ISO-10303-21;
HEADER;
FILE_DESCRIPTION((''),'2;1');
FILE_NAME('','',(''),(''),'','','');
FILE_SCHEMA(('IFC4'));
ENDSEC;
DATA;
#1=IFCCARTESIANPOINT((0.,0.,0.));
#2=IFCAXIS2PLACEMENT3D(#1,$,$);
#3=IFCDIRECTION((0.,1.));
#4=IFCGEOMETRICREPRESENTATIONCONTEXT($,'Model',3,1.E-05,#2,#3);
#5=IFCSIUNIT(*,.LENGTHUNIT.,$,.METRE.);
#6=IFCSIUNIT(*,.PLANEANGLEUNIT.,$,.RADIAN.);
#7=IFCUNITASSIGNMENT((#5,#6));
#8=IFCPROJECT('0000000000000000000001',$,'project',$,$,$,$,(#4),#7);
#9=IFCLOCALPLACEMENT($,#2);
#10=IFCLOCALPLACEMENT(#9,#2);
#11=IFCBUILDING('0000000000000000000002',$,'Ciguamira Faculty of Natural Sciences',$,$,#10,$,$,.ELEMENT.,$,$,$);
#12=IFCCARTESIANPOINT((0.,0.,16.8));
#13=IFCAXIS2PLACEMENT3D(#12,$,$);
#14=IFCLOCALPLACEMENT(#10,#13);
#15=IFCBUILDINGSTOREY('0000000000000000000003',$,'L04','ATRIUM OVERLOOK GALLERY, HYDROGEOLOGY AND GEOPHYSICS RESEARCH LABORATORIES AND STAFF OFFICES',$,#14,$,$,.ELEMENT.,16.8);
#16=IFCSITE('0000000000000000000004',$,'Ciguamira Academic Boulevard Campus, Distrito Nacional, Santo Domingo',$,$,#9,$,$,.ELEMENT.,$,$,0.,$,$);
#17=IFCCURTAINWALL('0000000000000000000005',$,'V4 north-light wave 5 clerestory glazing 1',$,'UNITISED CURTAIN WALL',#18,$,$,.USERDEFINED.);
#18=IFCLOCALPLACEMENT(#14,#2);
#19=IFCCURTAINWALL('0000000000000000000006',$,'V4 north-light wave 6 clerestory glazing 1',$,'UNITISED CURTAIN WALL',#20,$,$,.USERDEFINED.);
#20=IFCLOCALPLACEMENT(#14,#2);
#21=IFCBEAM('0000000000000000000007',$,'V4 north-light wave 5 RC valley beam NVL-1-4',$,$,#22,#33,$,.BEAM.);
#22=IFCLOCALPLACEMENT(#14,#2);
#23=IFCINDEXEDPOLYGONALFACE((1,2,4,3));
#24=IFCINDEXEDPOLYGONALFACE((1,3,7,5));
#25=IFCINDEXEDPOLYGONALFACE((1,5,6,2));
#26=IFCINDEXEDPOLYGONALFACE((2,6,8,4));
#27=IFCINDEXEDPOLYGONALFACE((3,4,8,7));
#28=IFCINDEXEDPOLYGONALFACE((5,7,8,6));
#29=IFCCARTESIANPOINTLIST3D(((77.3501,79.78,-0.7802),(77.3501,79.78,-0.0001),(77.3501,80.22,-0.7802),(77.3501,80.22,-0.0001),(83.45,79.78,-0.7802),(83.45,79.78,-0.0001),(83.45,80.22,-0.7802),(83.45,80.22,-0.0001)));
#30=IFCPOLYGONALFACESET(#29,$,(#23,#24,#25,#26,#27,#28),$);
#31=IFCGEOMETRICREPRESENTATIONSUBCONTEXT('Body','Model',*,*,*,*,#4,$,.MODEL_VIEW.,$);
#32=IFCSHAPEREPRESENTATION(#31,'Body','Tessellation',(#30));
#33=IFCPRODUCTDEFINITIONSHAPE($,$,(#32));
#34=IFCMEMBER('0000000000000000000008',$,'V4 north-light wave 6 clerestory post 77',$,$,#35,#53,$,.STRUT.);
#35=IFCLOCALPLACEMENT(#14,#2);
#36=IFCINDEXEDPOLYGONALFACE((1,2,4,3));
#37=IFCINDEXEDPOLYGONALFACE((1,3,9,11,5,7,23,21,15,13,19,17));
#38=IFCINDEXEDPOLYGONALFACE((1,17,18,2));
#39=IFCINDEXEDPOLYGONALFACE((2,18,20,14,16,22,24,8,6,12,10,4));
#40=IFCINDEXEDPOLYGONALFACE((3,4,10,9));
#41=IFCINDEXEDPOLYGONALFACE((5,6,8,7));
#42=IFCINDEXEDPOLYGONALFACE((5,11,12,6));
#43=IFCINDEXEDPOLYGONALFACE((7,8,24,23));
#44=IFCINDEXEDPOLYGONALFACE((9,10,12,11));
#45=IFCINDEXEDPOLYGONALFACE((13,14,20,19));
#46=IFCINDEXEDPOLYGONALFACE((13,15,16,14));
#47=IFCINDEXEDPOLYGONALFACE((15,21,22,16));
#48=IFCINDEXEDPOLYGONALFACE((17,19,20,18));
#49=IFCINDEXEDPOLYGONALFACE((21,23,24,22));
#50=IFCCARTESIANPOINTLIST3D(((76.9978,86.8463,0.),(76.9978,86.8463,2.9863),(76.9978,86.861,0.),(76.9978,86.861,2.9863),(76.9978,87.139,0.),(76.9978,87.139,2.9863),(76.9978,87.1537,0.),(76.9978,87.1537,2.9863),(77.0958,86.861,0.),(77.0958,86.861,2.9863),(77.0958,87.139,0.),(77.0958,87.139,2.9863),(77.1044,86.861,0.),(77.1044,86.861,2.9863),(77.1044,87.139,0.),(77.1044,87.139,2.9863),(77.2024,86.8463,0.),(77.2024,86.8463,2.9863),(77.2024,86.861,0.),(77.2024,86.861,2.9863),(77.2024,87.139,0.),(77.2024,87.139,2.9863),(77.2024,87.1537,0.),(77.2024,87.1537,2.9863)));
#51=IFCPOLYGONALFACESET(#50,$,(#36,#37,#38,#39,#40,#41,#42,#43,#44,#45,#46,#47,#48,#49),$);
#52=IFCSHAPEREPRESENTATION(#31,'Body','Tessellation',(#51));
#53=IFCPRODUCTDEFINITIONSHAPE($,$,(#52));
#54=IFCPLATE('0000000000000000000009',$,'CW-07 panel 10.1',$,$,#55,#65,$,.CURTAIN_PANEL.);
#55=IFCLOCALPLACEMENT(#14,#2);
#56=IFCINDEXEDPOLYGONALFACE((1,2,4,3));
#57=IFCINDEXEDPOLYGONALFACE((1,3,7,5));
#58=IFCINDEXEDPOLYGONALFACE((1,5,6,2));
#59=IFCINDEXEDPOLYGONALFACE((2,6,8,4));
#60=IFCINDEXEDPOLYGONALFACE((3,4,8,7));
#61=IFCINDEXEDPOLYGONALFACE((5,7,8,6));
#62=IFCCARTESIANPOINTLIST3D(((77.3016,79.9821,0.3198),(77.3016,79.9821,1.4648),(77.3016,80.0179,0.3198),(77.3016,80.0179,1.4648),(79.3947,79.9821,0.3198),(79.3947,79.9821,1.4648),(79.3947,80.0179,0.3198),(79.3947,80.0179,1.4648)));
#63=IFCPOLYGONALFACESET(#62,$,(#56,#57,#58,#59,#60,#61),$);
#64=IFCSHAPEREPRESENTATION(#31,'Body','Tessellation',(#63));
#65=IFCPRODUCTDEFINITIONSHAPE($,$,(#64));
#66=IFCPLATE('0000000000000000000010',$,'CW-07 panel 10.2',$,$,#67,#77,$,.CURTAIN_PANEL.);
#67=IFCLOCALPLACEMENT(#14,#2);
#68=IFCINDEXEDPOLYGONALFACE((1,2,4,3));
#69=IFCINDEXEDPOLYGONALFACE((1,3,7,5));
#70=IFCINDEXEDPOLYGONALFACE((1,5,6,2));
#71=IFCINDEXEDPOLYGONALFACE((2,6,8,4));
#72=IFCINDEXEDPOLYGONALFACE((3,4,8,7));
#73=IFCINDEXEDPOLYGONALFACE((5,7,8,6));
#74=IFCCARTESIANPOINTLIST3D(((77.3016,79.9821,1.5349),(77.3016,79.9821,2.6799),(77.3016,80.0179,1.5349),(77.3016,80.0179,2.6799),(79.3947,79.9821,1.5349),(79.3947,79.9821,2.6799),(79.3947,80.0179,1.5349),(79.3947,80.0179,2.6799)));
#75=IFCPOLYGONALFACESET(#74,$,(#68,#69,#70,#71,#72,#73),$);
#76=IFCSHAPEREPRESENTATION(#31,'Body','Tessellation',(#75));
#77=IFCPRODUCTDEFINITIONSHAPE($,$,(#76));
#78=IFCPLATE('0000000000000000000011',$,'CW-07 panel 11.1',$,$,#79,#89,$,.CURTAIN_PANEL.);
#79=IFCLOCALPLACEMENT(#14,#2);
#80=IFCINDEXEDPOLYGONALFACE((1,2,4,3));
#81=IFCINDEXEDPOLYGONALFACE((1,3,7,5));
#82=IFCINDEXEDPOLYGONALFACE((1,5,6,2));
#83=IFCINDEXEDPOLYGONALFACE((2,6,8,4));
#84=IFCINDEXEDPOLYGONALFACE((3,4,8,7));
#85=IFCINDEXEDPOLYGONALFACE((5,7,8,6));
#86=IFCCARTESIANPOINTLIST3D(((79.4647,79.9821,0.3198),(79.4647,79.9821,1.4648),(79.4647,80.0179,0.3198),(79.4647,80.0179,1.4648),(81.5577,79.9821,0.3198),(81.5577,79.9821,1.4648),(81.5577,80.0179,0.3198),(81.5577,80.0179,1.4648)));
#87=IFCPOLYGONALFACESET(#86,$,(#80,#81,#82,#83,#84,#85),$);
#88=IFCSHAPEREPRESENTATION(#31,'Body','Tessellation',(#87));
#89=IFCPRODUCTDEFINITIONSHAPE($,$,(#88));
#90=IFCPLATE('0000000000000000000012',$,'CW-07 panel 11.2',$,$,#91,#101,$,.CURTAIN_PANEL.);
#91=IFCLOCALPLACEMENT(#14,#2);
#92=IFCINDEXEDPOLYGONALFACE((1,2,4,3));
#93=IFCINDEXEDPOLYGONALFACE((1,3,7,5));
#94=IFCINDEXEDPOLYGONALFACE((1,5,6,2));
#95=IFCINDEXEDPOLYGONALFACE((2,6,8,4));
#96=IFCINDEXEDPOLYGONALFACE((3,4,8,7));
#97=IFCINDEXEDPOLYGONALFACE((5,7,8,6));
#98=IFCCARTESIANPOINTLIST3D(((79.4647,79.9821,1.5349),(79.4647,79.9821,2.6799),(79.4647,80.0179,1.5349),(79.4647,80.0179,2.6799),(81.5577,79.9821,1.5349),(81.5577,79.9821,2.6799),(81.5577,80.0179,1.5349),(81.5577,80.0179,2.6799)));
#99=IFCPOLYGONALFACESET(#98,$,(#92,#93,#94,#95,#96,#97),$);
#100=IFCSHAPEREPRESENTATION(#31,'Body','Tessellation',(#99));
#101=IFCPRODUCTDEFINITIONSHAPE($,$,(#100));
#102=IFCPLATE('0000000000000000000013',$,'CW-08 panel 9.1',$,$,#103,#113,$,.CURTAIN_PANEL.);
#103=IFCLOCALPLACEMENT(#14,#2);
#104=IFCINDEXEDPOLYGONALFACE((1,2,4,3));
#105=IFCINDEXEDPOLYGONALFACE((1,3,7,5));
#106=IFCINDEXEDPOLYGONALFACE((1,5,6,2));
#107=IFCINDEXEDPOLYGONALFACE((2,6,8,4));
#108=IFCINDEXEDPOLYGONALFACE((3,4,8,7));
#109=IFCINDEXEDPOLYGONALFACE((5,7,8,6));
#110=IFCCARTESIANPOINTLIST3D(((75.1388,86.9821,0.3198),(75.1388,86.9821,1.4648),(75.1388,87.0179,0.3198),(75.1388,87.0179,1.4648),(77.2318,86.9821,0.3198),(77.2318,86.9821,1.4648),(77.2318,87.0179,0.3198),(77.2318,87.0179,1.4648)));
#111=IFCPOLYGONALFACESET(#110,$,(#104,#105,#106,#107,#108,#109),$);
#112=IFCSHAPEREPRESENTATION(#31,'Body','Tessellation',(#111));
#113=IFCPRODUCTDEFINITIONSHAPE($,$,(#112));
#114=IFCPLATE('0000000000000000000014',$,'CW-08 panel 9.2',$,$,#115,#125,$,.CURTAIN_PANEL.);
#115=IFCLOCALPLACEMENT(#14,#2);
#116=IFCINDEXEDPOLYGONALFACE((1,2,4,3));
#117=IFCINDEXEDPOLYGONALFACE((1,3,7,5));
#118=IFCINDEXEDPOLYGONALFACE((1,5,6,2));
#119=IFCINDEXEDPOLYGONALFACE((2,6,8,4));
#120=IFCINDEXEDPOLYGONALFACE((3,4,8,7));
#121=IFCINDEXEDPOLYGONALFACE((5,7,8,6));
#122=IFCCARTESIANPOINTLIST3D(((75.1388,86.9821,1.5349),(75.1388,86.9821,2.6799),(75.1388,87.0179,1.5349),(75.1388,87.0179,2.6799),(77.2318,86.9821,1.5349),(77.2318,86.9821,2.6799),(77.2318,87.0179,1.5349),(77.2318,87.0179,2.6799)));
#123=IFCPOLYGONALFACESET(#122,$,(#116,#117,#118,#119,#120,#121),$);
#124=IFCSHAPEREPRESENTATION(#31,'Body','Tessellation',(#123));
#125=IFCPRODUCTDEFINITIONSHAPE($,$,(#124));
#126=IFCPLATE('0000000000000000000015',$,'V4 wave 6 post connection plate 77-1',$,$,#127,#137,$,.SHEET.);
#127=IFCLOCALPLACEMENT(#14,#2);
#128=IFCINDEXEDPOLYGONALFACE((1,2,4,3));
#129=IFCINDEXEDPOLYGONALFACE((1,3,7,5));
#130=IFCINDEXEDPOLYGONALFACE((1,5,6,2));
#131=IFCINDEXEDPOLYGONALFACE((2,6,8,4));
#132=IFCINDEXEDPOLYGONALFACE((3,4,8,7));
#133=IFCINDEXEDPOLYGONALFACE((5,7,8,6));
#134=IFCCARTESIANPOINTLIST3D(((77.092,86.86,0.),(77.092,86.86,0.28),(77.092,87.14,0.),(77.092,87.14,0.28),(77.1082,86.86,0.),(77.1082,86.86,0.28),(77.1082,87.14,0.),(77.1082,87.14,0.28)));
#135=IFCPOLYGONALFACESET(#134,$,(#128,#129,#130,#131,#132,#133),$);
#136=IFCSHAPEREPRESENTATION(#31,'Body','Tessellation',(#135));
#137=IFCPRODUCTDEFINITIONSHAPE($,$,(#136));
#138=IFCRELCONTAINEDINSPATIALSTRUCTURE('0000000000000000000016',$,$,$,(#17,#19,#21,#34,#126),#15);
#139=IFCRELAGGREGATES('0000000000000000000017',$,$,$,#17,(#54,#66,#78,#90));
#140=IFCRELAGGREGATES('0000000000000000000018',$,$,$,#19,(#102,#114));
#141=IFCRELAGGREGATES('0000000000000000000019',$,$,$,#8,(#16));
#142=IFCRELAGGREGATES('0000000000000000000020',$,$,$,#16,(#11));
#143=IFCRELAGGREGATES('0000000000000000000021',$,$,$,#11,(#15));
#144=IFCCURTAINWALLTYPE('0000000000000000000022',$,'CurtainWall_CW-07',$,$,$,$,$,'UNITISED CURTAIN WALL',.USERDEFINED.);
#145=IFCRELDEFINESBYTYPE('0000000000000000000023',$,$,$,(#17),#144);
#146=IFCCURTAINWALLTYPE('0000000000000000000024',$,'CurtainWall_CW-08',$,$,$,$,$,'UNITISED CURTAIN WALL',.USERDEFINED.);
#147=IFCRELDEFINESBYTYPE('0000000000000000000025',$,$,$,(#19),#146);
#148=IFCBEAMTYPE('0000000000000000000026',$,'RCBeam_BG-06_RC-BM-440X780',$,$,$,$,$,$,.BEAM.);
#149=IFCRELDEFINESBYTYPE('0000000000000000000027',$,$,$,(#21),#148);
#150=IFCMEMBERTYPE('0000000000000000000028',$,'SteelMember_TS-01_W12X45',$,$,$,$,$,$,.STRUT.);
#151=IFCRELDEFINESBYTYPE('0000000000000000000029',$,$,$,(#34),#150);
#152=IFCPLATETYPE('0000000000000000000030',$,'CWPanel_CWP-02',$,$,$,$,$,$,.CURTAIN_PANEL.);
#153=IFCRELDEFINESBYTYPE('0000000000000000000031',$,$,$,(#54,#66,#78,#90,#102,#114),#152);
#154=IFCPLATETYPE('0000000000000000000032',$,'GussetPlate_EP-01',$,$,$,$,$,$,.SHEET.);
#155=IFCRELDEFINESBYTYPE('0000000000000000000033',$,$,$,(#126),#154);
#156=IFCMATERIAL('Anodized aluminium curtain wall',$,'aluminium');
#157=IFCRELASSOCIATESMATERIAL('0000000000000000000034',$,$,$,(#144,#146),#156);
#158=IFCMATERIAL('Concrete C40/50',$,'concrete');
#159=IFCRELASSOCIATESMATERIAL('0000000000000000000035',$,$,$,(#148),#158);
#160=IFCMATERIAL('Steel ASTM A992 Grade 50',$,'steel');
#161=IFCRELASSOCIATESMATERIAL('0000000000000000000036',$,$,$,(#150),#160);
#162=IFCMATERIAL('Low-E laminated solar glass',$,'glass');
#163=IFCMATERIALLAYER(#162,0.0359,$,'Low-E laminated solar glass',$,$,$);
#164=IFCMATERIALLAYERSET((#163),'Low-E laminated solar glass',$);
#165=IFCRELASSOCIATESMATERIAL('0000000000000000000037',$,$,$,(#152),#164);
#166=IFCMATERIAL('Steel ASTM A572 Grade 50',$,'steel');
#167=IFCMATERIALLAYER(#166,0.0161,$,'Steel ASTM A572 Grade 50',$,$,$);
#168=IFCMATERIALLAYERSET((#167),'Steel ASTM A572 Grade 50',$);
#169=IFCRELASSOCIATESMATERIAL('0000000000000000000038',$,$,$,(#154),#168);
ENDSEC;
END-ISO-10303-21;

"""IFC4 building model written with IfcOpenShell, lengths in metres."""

from ifc_helpers import new_model, si_unit, direction, frame, origin, origin_2d, place, context, subcontext, project, spatial, rectangle, i_section, extrude, material, layer, layer_set, material_profile, profile_set, type_object, element, aggregate, save


model = new_model("IFC4")

# Units and contexts
model_context = context("Model", 3, precision=1e-05, world=origin(), true_north=direction((0.0, 1.0)))
body_context = subcontext(model_context, "Body", "Model", "MODEL_VIEW")
ifc_project = project(units=[si_unit("LENGTHUNIT", "METRE"), si_unit("PLANEANGLEUNIT", "RADIAN")], contexts=[model_context])

# Site, building, storey
site_placement = place(None, origin())
site = spatial("IfcSite", under=ifc_project, at=site_placement, Name="Ciguamira Academic Boulevard Campus, Distrito Nacional, Santo Domingo", CompositionType="ELEMENT", RefElevation=0.0)
building_placement = place(site_placement, origin())
building = spatial("IfcBuilding", under=site, at=building_placement, Name="Ciguamira Faculty of Natural Sciences", CompositionType="ELEMENT")
storey_placement = place(building_placement, frame((0.0, 0.0, 16.8)))
storey = spatial("IfcBuildingStorey", under=building, at=storey_placement, Name="L04", Description="ATRIUM OVERLOOK GALLERY, HYDROGEOLOGY AND GEOPHYSICS RESEARCH LABORATORIES AND STAFF OFFICES", CompositionType="ELEMENT", Elevation=16.8)

# Curtain walls
ifc_material_1 = material(Name="Anodized aluminium curtain wall", Category="aluminium")
curtain_wall_type_1 = type_object("IfcCurtainWallType", Name="CurtainWall_CW-07", ElementType="UNITISED CURTAIN WALL", PredefinedType="USERDEFINED", material=ifc_material_1)
curtain_wall_1_placement = place(storey_placement, origin())
curtain_wall_1 = element("IfcCurtainWall", 1, at=curtain_wall_1_placement, inside=storey, type_object=curtain_wall_type_1, Name="V4 north-light wave 5 clerestory glazing 1", ObjectType="UNITISED CURTAIN WALL", PredefinedType="USERDEFINED")
curtain_wall_type_2 = type_object("IfcCurtainWallType", Name="CurtainWall_CW-08", ElementType="UNITISED CURTAIN WALL", PredefinedType="USERDEFINED", material=ifc_material_1)
curtain_wall_2_placement = place(storey_placement, origin())
curtain_wall_2 = element("IfcCurtainWall", 2, at=curtain_wall_2_placement, inside=storey, type_object=curtain_wall_type_2, Name="V4 north-light wave 6 clerestory glazing 1", ObjectType="UNITISED CURTAIN WALL", PredefinedType="USERDEFINED")

# Beam
ifc_material_2 = material(Name="Concrete C40/50", Category="concrete")
ifc_material_profile_1 = material_profile(ifc_material_2, rectangle(XDim=0.4399, YDim=0.78, at=origin_2d()), Name="RC-BM-440X780")
ifc_profile_set_1 = profile_set([ifc_material_profile_1], Name="Concrete C40/50")
beam_type = type_object("IfcBeamType", Name="RCBeam_BG-06_RC-BM-440X780", PredefinedType="BEAM", material=ifc_profile_set_1)
beam_placement = place(storey_placement, frame((77.3501, 80.0, -0.3901), z_axis=(1.0, 0.0, 0.0), x_axis=(0.0, 1.0, 0.0)))
element("IfcBeam", 3, at=beam_placement, inside=storey, type_object=beam_type, Name="V4 north-light wave 5 RC valley beam NVL-1-4", PredefinedType="BEAM", context=body_context, shape_type="SweptSolid", body=[
    extrude(rectangle(XDim=0.4399, YDim=0.78, at=origin_2d()), origin(), (0.0, 0.0, 1.0), 6.0999),
])

# Member
ifc_material_3 = material(Name="Steel ASTM A992 Grade 50", Category="steel")
ifc_material_profile_2 = material_profile(ifc_material_3, i_section(OverallWidth=0.2046, OverallDepth=0.3074, WebThickness=0.0085, FlangeThickness=0.0146, at=origin_2d()), Name="W12X45")
ifc_profile_set_2 = profile_set([ifc_material_profile_2], Name="Steel ASTM A992 Grade 50")
member_type_1 = type_object("IfcMemberType", Name="SteelMember_TS-01_W12X45", PredefinedType="STRUT", material=ifc_profile_set_2)
member_1_placement = place(storey_placement, frame((77.1001, 87.0, 0.0), z_axis=(0.0, 0.0, 1.0), x_axis=(1.0, 0.0, 0.0)))
element("IfcMember", 4, at=member_1_placement, inside=storey, type_object=member_type_1, Name="V4 north-light wave 6 clerestory post 77", PredefinedType="STRUT", context=body_context, shape_type="SweptSolid", body=[
    extrude(i_section(OverallWidth=0.2046, OverallDepth=0.3074, WebThickness=0.0085, FlangeThickness=0.0146, at=origin_2d()), origin(), (0.0, 0.0, 1.0), 2.9863),
])

# Plates
ifc_material_4 = material(Name="Low-E laminated solar glass", Category="glass")
ifc_layer_1 = layer(ifc_material_4, 0.0359, Name="Low-E laminated solar glass")
ifc_layer_set_1 = layer_set([ifc_layer_1], Name="Low-E laminated solar glass")
plate_type_1 = type_object("IfcPlateType", Name="CWPanel_CWP-02", PredefinedType="CURTAIN_PANEL", material=ifc_layer_set_1)
plate_1_placement = place(storey_placement, frame((78.3481, 80.0, 0.3198), z_axis=(0.0, 0.0, 1.0), x_axis=(1.0, 0.0, 0.0)))
plate_1 = element("IfcPlate", 5, at=plate_1_placement, type_object=plate_type_1, Name="CW-07 panel 10.1", PredefinedType="CURTAIN_PANEL", context=body_context, shape_type="SweptSolid", body=[
    extrude(rectangle(XDim=2.093, YDim=0.0359, at=origin_2d()), origin(), (0.0, 0.0, 1.0), 1.145),
])
plate_2_placement = place(storey_placement, frame((78.3481, 80.0, 1.5349), z_axis=(0.0, 0.0, 1.0), x_axis=(1.0, 0.0, 0.0)))
plate_2 = element("IfcPlate", 6, at=plate_2_placement, type_object=plate_type_1, Name="CW-07 panel 10.2", PredefinedType="CURTAIN_PANEL", context=body_context, shape_type="SweptSolid", body=[
    extrude(rectangle(XDim=2.093, YDim=0.0359, at=origin_2d()), origin(), (0.0, 0.0, 1.0), 1.145),
])
plate_3_placement = place(storey_placement, frame((80.5112, 80.0, 0.3198), z_axis=(0.0, 0.0, 1.0), x_axis=(1.0, 0.0, 0.0)))
plate_3 = element("IfcPlate", 7, at=plate_3_placement, type_object=plate_type_1, Name="CW-07 panel 11.1", PredefinedType="CURTAIN_PANEL", context=body_context, shape_type="SweptSolid", body=[
    extrude(rectangle(XDim=2.093, YDim=0.0359, at=origin_2d()), origin(), (0.0, 0.0, 1.0), 1.145),
])
plate_4_placement = place(storey_placement, frame((80.5112, 80.0, 1.5349), z_axis=(0.0, 0.0, 1.0), x_axis=(1.0, 0.0, 0.0)))
plate_4 = element("IfcPlate", 8, at=plate_4_placement, type_object=plate_type_1, Name="CW-07 panel 11.2", PredefinedType="CURTAIN_PANEL", context=body_context, shape_type="SweptSolid", body=[
    extrude(rectangle(XDim=2.093, YDim=0.0359, at=origin_2d()), origin(), (0.0, 0.0, 1.0), 1.145),
])
aggregate(curtain_wall_1, [plate_1, plate_2, plate_3, plate_4])
plate_5_placement = place(storey_placement, frame((76.1853, 87.0, 0.3198), z_axis=(0.0, 0.0, 1.0), x_axis=(1.0, 0.0, 0.0)))
plate_5 = element("IfcPlate", 9, at=plate_5_placement, type_object=plate_type_1, Name="CW-08 panel 9.1", PredefinedType="CURTAIN_PANEL", context=body_context, shape_type="SweptSolid", body=[
    extrude(rectangle(XDim=2.093, YDim=0.0359, at=origin_2d()), origin(), (0.0, 0.0, 1.0), 1.145),
])
plate_6_placement = place(storey_placement, frame((76.1853, 87.0, 1.5349), z_axis=(0.0, 0.0, 1.0), x_axis=(1.0, 0.0, 0.0)))
plate_6 = element("IfcPlate", 10, at=plate_6_placement, type_object=plate_type_1, Name="CW-08 panel 9.2", PredefinedType="CURTAIN_PANEL", context=body_context, shape_type="SweptSolid", body=[
    extrude(rectangle(XDim=2.093, YDim=0.0359, at=origin_2d()), origin(), (0.0, 0.0, 1.0), 1.145),
])
aggregate(curtain_wall_2, [plate_5, plate_6])
ifc_material_5 = material(Name="Steel ASTM A572 Grade 50", Category="steel")
ifc_layer_2 = layer(ifc_material_5, 0.0161, Name="Steel ASTM A572 Grade 50")
ifc_layer_set_2 = layer_set([ifc_layer_2], Name="Steel ASTM A572 Grade 50")
plate_type_2 = type_object("IfcPlateType", Name="GussetPlate_EP-01", PredefinedType="SHEET", material=ifc_layer_set_2)
plate_7_placement = place(storey_placement, frame((77.1001, 87.0, 0.0), z_axis=(0.0, 0.0, 1.0), x_axis=(1.0, 0.0, 0.0)))
element("IfcPlate", 11, at=plate_7_placement, inside=storey, type_object=plate_type_2, Name="V4 wave 6 post connection plate 77-1", PredefinedType="SHEET", context=body_context, shape_type="SweptSolid", body=[
    extrude(rectangle(XDim=0.0161, YDim=0.28, at=origin_2d()), origin(), (0.0, 0.0, 1.0), 0.28),
])

save(model, "model.ifc")
